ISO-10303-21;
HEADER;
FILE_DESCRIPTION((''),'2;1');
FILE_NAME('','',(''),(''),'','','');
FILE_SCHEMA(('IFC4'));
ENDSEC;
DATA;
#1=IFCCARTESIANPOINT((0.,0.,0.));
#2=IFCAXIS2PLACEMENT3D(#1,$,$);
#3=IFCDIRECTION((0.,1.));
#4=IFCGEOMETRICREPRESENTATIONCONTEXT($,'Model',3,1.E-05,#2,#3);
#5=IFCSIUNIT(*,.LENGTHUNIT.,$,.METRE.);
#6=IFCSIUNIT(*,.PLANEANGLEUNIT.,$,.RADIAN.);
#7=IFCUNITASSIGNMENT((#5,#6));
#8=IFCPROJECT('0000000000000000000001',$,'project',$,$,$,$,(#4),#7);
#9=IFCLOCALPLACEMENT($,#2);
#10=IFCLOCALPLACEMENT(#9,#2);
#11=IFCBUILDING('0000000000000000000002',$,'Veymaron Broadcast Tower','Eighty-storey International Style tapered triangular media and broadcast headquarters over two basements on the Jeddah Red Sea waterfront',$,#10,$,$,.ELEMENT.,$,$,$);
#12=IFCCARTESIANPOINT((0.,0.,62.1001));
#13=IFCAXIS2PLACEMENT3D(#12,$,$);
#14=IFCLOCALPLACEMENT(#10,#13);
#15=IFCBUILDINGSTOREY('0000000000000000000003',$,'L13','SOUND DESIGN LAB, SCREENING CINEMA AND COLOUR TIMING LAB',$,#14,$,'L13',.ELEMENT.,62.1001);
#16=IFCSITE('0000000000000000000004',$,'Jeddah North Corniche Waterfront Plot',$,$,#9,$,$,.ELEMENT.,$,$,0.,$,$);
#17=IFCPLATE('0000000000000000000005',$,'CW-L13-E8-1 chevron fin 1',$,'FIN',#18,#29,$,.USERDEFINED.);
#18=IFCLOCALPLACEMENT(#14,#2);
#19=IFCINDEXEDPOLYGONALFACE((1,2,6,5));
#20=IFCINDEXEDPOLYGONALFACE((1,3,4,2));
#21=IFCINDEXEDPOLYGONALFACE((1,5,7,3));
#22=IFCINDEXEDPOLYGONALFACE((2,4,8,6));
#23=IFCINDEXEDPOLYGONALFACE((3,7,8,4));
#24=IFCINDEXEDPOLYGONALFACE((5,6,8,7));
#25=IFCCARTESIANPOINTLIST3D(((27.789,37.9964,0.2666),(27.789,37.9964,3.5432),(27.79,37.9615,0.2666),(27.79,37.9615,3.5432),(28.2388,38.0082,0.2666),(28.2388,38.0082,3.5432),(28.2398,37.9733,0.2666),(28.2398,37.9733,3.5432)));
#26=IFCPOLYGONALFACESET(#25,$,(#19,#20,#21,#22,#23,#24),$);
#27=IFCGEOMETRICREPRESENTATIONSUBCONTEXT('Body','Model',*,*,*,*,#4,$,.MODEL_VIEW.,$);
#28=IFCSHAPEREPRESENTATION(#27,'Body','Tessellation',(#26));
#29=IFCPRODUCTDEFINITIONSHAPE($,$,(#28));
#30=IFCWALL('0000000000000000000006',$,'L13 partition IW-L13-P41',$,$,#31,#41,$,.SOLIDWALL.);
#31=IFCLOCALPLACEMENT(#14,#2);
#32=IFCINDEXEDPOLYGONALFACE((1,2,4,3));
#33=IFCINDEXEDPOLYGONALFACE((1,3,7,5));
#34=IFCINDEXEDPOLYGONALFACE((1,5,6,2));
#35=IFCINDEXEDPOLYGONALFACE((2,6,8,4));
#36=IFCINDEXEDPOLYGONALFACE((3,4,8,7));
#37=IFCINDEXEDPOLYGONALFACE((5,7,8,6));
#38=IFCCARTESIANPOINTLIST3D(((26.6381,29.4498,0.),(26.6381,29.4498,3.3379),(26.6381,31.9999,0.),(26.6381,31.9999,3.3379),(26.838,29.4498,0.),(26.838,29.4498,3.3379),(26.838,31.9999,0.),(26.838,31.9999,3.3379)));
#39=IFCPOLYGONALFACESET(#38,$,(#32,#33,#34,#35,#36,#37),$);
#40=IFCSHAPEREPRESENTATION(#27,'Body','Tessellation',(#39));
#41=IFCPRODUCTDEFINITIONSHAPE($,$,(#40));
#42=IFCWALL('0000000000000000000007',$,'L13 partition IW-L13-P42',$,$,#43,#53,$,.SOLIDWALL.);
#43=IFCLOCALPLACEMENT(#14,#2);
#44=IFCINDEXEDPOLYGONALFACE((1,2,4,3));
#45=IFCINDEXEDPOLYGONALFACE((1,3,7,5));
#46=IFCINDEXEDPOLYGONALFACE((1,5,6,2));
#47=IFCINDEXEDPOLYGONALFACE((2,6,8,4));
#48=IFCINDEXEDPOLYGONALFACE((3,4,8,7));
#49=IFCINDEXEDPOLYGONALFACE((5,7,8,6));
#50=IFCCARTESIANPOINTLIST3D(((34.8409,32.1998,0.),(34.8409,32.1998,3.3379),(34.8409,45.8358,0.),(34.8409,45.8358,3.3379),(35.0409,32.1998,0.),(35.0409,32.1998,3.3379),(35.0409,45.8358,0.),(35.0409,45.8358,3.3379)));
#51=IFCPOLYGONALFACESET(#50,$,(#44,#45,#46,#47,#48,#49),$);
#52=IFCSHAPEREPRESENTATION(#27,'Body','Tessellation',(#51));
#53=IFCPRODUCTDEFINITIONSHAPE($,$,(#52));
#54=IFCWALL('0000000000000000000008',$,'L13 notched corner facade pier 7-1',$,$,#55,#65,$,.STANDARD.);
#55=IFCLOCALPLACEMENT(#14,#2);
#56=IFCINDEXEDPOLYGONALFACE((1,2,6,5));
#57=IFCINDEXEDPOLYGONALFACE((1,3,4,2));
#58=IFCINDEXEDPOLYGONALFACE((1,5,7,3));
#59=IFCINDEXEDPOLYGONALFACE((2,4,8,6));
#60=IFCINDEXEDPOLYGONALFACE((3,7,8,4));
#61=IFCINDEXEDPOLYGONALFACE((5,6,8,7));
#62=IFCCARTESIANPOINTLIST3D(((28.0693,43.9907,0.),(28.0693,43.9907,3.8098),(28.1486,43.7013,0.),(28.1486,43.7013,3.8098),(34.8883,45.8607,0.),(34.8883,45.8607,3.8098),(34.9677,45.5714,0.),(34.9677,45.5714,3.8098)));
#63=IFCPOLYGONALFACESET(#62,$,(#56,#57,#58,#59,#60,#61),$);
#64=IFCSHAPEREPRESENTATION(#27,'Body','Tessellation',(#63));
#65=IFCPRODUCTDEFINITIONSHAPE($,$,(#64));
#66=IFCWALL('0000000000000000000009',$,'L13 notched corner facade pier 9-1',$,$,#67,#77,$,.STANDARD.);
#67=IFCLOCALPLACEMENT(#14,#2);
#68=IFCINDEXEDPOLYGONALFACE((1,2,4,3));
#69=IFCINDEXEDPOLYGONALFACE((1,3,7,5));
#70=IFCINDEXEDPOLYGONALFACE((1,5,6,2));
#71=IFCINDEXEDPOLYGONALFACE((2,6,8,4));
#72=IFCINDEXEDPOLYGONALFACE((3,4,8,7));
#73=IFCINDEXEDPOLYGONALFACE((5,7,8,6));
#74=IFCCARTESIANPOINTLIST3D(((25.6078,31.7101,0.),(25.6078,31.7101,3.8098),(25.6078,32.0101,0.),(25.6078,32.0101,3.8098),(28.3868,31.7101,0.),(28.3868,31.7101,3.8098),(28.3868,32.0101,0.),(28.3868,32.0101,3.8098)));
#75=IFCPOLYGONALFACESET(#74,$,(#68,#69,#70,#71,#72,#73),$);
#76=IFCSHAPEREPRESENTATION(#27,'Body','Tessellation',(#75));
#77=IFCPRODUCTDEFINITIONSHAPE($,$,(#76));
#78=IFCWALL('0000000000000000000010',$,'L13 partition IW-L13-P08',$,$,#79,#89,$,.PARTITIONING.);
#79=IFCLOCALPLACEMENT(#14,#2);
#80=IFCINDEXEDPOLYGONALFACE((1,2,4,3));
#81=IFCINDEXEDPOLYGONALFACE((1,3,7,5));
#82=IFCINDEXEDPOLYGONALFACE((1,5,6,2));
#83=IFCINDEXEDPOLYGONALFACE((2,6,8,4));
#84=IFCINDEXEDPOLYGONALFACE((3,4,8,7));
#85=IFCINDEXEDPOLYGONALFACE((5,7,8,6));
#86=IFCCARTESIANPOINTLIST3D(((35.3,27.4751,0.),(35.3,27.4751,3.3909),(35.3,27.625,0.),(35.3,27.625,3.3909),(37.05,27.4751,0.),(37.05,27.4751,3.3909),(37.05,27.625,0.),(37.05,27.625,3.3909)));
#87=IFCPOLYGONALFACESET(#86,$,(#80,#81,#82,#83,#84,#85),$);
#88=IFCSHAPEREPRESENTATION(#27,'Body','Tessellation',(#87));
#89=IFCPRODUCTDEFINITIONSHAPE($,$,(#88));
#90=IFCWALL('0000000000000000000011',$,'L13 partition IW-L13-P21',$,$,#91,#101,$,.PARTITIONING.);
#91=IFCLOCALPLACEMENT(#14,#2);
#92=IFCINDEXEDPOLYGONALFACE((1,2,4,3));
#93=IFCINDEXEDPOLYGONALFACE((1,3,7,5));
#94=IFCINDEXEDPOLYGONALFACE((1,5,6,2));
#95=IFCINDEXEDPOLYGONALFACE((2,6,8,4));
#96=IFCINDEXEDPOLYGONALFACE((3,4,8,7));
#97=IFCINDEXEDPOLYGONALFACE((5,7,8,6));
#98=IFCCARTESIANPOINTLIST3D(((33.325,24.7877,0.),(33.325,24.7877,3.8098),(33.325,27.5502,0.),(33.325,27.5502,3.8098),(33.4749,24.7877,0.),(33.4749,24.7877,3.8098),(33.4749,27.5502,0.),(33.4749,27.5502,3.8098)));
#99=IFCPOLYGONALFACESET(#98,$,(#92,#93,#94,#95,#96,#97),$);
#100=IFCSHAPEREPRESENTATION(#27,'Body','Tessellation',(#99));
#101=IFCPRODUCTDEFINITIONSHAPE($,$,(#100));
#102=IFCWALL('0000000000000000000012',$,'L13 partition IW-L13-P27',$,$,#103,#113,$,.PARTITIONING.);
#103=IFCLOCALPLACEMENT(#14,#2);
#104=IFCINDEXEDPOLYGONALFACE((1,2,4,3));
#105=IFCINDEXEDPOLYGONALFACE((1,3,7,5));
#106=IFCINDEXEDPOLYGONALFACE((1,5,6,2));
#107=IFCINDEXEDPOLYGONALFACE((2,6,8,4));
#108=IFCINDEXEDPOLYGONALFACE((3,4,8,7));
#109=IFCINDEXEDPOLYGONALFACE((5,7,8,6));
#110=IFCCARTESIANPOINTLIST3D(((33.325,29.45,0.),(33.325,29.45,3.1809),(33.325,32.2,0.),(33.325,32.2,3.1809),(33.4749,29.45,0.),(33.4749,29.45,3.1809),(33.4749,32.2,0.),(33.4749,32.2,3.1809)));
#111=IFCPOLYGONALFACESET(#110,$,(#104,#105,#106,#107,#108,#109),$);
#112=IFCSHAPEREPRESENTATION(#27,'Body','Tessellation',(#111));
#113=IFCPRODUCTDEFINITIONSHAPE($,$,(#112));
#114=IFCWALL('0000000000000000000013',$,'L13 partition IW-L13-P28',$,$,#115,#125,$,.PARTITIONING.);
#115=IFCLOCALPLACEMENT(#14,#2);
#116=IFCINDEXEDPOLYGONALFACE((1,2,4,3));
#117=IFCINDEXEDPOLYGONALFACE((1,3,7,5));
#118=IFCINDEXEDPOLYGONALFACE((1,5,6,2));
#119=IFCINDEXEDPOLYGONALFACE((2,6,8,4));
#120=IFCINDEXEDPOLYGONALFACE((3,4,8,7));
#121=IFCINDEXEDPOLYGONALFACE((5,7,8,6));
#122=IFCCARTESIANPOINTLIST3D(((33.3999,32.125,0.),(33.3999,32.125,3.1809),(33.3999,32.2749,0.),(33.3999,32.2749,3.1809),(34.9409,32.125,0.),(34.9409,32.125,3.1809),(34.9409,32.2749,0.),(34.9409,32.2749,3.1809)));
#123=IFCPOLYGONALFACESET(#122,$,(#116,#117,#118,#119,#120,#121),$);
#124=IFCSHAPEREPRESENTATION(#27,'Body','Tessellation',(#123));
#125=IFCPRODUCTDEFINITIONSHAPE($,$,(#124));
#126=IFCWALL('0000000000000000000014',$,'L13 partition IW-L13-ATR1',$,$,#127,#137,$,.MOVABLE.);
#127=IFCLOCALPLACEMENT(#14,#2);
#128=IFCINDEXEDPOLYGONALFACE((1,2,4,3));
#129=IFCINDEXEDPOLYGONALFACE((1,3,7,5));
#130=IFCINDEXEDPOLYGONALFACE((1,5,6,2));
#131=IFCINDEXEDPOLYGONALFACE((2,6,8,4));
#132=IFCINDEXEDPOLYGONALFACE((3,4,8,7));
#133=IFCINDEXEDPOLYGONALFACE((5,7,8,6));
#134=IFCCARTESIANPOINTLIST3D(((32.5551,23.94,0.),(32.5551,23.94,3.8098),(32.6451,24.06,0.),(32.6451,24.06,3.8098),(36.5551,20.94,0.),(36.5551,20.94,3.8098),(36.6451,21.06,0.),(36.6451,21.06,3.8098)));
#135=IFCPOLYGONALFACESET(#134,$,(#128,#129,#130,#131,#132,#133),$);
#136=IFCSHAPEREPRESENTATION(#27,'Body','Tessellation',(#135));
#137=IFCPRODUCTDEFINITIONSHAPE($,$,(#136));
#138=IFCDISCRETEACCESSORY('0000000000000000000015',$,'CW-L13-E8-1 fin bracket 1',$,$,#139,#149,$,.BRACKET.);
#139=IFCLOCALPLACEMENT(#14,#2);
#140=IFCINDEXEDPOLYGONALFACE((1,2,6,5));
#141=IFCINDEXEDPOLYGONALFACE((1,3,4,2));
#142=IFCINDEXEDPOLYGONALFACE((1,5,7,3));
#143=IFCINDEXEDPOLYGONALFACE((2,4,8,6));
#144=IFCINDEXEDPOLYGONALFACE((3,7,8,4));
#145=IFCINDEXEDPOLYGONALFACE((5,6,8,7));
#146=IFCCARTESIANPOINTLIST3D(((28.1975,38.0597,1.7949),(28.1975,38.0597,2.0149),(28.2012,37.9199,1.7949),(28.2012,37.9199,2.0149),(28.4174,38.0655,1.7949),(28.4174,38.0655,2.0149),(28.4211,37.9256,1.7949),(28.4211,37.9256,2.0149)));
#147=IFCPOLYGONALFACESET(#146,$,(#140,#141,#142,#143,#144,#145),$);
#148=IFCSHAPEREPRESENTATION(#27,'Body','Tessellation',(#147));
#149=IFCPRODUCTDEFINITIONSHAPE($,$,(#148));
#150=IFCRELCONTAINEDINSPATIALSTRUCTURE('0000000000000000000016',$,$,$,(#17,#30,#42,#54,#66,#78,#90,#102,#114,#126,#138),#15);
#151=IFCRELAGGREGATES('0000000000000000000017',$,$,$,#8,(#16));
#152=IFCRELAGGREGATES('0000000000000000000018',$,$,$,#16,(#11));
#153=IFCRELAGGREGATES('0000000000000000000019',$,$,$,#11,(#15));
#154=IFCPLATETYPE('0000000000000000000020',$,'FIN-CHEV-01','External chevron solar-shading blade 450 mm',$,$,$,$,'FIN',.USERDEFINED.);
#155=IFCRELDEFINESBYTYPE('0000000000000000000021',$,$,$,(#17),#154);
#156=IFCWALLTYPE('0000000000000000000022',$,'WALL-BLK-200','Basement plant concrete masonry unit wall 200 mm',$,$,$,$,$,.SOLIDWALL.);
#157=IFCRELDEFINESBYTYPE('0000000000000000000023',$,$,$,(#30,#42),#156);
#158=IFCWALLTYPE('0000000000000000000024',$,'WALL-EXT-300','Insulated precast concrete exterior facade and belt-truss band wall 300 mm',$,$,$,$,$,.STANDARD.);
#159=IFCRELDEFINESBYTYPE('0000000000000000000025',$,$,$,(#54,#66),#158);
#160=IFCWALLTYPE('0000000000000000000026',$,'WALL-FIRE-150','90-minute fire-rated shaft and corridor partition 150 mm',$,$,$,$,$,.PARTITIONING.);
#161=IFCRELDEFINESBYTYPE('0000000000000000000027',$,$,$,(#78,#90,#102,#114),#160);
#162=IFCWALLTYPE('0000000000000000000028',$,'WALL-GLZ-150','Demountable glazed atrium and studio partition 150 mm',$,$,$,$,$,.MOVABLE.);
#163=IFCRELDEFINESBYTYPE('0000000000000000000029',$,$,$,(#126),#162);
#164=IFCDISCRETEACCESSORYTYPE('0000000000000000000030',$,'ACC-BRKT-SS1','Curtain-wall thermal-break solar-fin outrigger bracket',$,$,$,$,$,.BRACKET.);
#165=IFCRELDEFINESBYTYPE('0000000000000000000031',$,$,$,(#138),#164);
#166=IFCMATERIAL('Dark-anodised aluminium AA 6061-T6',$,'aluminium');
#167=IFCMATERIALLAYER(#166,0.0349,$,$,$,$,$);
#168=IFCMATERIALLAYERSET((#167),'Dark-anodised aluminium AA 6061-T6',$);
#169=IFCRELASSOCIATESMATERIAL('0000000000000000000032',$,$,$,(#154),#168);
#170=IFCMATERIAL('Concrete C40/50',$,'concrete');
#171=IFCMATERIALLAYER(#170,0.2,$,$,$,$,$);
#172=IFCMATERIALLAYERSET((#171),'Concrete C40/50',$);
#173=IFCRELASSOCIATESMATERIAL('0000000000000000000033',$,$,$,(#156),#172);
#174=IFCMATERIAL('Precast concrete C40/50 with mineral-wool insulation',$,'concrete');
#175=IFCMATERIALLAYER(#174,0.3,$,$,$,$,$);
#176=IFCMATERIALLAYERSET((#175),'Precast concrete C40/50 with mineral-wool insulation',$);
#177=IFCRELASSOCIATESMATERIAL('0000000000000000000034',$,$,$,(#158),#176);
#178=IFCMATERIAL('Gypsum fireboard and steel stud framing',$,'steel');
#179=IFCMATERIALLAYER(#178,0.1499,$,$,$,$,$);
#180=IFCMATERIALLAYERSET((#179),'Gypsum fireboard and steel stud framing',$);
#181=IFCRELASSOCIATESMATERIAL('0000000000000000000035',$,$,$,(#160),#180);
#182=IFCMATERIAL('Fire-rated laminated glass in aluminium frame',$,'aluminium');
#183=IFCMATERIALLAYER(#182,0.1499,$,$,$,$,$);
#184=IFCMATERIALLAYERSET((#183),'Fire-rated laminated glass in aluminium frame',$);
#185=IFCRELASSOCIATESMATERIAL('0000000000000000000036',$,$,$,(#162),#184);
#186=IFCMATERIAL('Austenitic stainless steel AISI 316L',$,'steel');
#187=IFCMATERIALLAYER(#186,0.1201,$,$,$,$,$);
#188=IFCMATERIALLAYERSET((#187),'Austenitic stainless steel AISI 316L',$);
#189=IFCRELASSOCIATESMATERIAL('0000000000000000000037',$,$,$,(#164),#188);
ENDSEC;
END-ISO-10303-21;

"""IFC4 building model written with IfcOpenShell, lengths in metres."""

from ifc_helpers import new_model, si_unit, direction, frame, frame_2d, origin, origin_2d, place, context, subcontext, project, spatial, rectangle, extrude, material, layer, layer_set, type_object, element, save


model = new_model("IFC4")

# Units and contexts
model_context = context("Model", 3, precision=1e-05, world=origin(), true_north=direction((0.0, 1.0)))
body_context = subcontext(model_context, "Body", "Model", "MODEL_VIEW")
ifc_project = project(units=[si_unit("LENGTHUNIT", "METRE"), si_unit("PLANEANGLEUNIT", "RADIAN")], contexts=[model_context])

# Site, building, storey
site_placement = place(None, origin())
site = spatial("IfcSite", under=ifc_project, at=site_placement, Name="Jeddah North Corniche Waterfront Plot", CompositionType="ELEMENT", RefElevation=0.0)
building_placement = place(site_placement, origin())
building = spatial("IfcBuilding", under=site, at=building_placement, Name="Veymaron Broadcast Tower", Description="Eighty-storey International Style tapered triangular media and broadcast headquarters over two basements on the Jeddah Red Sea waterfront", CompositionType="ELEMENT")
storey_placement = place(building_placement, frame((0.0, 0.0, 62.1001)))
storey = spatial("IfcBuildingStorey", under=building, at=storey_placement, Name="L13", Description="SOUND DESIGN LAB, SCREENING CINEMA AND COLOUR TIMING LAB", LongName="L13", CompositionType="ELEMENT", Elevation=62.1001)

# Plate
ifc_material_1 = material(Name="Dark-anodised aluminium AA 6061-T6", Category="aluminium")
ifc_layer_1 = layer(ifc_material_1, 0.0349)
ifc_layer_set_1 = layer_set([ifc_layer_1], Name="Dark-anodised aluminium AA 6061-T6")
plate_type_1 = type_object("IfcPlateType", Name="FIN-CHEV-01", Description="External chevron solar-shading blade 450 mm", ElementType="FIN", PredefinedType="USERDEFINED", material=ifc_layer_set_1)
plate_1_placement = place(storey_placement, frame((28.0144, 37.9849, 0.2666), z_axis=(0.0, 0.0, 1.0), x_axis=(-0.999654, -0.026299, 0.0)))
element("IfcPlate", 1, at=plate_1_placement, inside=storey, type_object=plate_type_1, Name="CW-L13-E8-1 chevron fin 1", ObjectType="FIN", PredefinedType="USERDEFINED", context=body_context, shape_type="SweptSolid", body=[
    extrude(rectangle(XDim=0.45, YDim=0.0349, at=origin_2d()), origin(), (0.0, 0.0, 1.0), 3.2766),
])

# Walls
ifc_material_2 = material(Name="Concrete C40/50", Category="concrete")
ifc_layer_2 = layer(ifc_material_2, 0.2)
ifc_layer_set_2 = layer_set([ifc_layer_2], Name="Concrete C40/50")
wall_type_1 = type_object("IfcWallType", Name="WALL-BLK-200", Description="Basement plant concrete masonry unit wall 200 mm", PredefinedType="SOLIDWALL", material=ifc_layer_set_2)
wall_1_placement = place(storey_placement, frame((26.738, 29.45, 0.0), z_axis=(0.0, 0.0, 1.0), x_axis=(0.0, 1.0, 0.0)))
element("IfcWall", 2, at=wall_1_placement, inside=storey, type_object=wall_type_1, Name="L13 partition IW-L13-P41", PredefinedType="SOLIDWALL", context=body_context, shape_type="SweptSolid", body=[
    extrude(rectangle(XDim=2.55, YDim=0.2, at=frame_2d((1.2749, 0.0))), origin(), (0.0, 0.0, 1.0), 3.3379),
])
wall_2_placement = place(storey_placement, frame((34.9409, 32.2, 0.0), z_axis=(0.0, 0.0, 1.0), x_axis=(0.0, 1.0, 0.0)))
element("IfcWall", 3, at=wall_2_placement, inside=storey, type_object=wall_type_1, Name="L13 partition IW-L13-P42", PredefinedType="SOLIDWALL", context=body_context, shape_type="SweptSolid", body=[
    extrude(rectangle(XDim=13.636, YDim=0.2, at=frame_2d((6.8179, 0.0))), origin(), (0.0, 0.0, 1.0), 3.3379),
])
ifc_material_3 = material(Name="Precast concrete C40/50 with mineral-wool insulation", Category="concrete")
ifc_layer_3 = layer(ifc_material_3, 0.3)
ifc_layer_set_3 = layer_set([ifc_layer_3], Name="Precast concrete C40/50 with mineral-wool insulation")
wall_type_2 = type_object("IfcWallType", Name="WALL-EXT-300", Description="Insulated precast concrete exterior facade and belt-truss band wall 300 mm", PredefinedType="STANDARD", material=ifc_layer_set_3)
wall_3_placement = place(storey_placement, frame((34.928, 45.7161, 0.0), z_axis=(0.0, 0.0, 1.0), x_axis=(-0.964391, -0.264482, 0.0)))
element("IfcWall", 4, at=wall_3_placement, inside=storey, type_object=wall_type_2, Name="L13 notched corner facade pier 7-1", PredefinedType="STANDARD", context=body_context, shape_type="SweptSolid", body=[
    extrude(rectangle(XDim=7.0708, YDim=0.3, at=frame_2d((3.5354, 0.0))), origin(), (0.0, 0.0, 1.0), 3.8098),
])
wall_4_placement = place(storey_placement, frame((28.387, 31.8601, 0.0), z_axis=(0.0, 0.0, 1.0), x_axis=(-1.0, 0.0, 0.0)))
element("IfcWall", 5, at=wall_4_placement, inside=storey, type_object=wall_type_2, Name="L13 notched corner facade pier 9-1", PredefinedType="STANDARD", context=body_context, shape_type="SweptSolid", body=[
    extrude(rectangle(XDim=2.7791, YDim=0.3, at=frame_2d((1.3896, 0.0))), origin(), (0.0, 0.0, 1.0), 3.8098),
])
ifc_material_4 = material(Name="Gypsum fireboard and steel stud framing", Category="steel")
ifc_layer_4 = layer(ifc_material_4, 0.1499)
ifc_layer_set_4 = layer_set([ifc_layer_4], Name="Gypsum fireboard and steel stud framing")
wall_type_3 = type_object("IfcWallType", Name="WALL-FIRE-150", Description="90-minute fire-rated shaft and corridor partition 150 mm", PredefinedType="PARTITIONING", material=ifc_layer_set_4)
wall_5_placement = place(storey_placement, frame((35.3, 27.55, 0.0), z_axis=(0.0, 0.0, 1.0), x_axis=(1.0, 0.0, 0.0)))
element("IfcWall", 6, at=wall_5_placement, inside=storey, type_object=wall_type_3, Name="L13 partition IW-L13-P08", PredefinedType="PARTITIONING", context=body_context, shape_type="SweptSolid", body=[
    extrude(rectangle(XDim=1.75, YDim=0.1499, at=frame_2d((0.875, 0.0))), origin(), (0.0, 0.0, 1.0), 3.3909),
])
wall_6_placement = place(storey_placement, frame((33.3999, 24.7876, 0.0), z_axis=(0.0, 0.0, 1.0), x_axis=(0.0, 1.0, 0.0)))
element("IfcWall", 7, at=wall_6_placement, inside=storey, type_object=wall_type_3, Name="L13 partition IW-L13-P21", PredefinedType="PARTITIONING", context=body_context, shape_type="SweptSolid", body=[
    extrude(rectangle(XDim=2.7625, YDim=0.1499, at=frame_2d((1.3813, 0.0))), origin(), (0.0, 0.0, 1.0), 3.8098),
])
wall_7_placement = place(storey_placement, frame((33.3999, 29.45, 0.0), z_axis=(0.0, 0.0, 1.0), x_axis=(0.0, 1.0, 0.0)))
element("IfcWall", 8, at=wall_7_placement, inside=storey, type_object=wall_type_3, Name="L13 partition IW-L13-P27", PredefinedType="PARTITIONING", context=body_context, shape_type="SweptSolid", body=[
    extrude(rectangle(XDim=2.75, YDim=0.1499, at=frame_2d((1.375, 0.0))), origin(), (0.0, 0.0, 1.0), 3.1809),
])
wall_8_placement = place(storey_placement, frame((33.3999, 32.2, 0.0), z_axis=(0.0, 0.0, 1.0), x_axis=(1.0, 0.0, 0.0)))
element("IfcWall", 9, at=wall_8_placement, inside=storey, type_object=wall_type_3, Name="L13 partition IW-L13-P28", PredefinedType="PARTITIONING", context=body_context, shape_type="SweptSolid", body=[
    extrude(rectangle(XDim=1.541, YDim=0.1499, at=frame_2d((0.7705, 0.0))), origin(), (0.0, 0.0, 1.0), 3.1809),
])
ifc_material_5 = material(Name="Fire-rated laminated glass in aluminium frame", Category="aluminium")
ifc_layer_5 = layer(ifc_material_5, 0.1499)
ifc_layer_set_5 = layer_set([ifc_layer_5], Name="Fire-rated laminated glass in aluminium frame")
wall_type_4 = type_object("IfcWallType", Name="WALL-GLZ-150", Description="Demountable glazed atrium and studio partition 150 mm", PredefinedType="MOVABLE", material=ifc_layer_set_5)
wall_9_placement = place(storey_placement, frame((32.6001, 24.0, 0.0), z_axis=(0.0, 0.0, 1.0), x_axis=(0.8, -0.6, 0.0)))
element("IfcWall", 10, at=wall_9_placement, inside=storey, type_object=wall_type_4, Name="L13 partition IW-L13-ATR1", PredefinedType="MOVABLE", context=body_context, shape_type="SweptSolid", body=[
    extrude(rectangle(XDim=5.0, YDim=0.1499, at=frame_2d((2.5, 0.0))), origin(), (0.0, 0.0, 1.0), 3.8098),
])

# Discrete accessory
ifc_material_6 = material(Name="Austenitic stainless steel AISI 316L", Category="steel")
ifc_layer_6 = layer(ifc_material_6, 0.1201)
ifc_layer_set_6 = layer_set([ifc_layer_6], Name="Austenitic stainless steel AISI 316L")
discrete_accessory_type = type_object("IfcDiscreteAccessoryType", Name="ACC-BRKT-SS1", Description="Curtain-wall thermal-break solar-fin outrigger bracket", PredefinedType="BRACKET", material=ifc_layer_set_6)
discrete_accessory_placement = place(storey_placement, frame((28.3093, 37.9927, 1.7949), z_axis=(0.0, 0.0, 1.0), x_axis=(-0.999654, -0.026299, 0.0)))
element("IfcDiscreteAccessory", 11, at=discrete_accessory_placement, inside=storey, type_object=discrete_accessory_type, Name="CW-L13-E8-1 fin bracket 1", PredefinedType="BRACKET", context=body_context, shape_type="SweptSolid", body=[
    extrude(rectangle(XDim=0.22, YDim=0.1399, at=origin_2d()), origin(), (0.0, 0.0, 1.0), 0.22),
])

save(model, "model.ifc")
